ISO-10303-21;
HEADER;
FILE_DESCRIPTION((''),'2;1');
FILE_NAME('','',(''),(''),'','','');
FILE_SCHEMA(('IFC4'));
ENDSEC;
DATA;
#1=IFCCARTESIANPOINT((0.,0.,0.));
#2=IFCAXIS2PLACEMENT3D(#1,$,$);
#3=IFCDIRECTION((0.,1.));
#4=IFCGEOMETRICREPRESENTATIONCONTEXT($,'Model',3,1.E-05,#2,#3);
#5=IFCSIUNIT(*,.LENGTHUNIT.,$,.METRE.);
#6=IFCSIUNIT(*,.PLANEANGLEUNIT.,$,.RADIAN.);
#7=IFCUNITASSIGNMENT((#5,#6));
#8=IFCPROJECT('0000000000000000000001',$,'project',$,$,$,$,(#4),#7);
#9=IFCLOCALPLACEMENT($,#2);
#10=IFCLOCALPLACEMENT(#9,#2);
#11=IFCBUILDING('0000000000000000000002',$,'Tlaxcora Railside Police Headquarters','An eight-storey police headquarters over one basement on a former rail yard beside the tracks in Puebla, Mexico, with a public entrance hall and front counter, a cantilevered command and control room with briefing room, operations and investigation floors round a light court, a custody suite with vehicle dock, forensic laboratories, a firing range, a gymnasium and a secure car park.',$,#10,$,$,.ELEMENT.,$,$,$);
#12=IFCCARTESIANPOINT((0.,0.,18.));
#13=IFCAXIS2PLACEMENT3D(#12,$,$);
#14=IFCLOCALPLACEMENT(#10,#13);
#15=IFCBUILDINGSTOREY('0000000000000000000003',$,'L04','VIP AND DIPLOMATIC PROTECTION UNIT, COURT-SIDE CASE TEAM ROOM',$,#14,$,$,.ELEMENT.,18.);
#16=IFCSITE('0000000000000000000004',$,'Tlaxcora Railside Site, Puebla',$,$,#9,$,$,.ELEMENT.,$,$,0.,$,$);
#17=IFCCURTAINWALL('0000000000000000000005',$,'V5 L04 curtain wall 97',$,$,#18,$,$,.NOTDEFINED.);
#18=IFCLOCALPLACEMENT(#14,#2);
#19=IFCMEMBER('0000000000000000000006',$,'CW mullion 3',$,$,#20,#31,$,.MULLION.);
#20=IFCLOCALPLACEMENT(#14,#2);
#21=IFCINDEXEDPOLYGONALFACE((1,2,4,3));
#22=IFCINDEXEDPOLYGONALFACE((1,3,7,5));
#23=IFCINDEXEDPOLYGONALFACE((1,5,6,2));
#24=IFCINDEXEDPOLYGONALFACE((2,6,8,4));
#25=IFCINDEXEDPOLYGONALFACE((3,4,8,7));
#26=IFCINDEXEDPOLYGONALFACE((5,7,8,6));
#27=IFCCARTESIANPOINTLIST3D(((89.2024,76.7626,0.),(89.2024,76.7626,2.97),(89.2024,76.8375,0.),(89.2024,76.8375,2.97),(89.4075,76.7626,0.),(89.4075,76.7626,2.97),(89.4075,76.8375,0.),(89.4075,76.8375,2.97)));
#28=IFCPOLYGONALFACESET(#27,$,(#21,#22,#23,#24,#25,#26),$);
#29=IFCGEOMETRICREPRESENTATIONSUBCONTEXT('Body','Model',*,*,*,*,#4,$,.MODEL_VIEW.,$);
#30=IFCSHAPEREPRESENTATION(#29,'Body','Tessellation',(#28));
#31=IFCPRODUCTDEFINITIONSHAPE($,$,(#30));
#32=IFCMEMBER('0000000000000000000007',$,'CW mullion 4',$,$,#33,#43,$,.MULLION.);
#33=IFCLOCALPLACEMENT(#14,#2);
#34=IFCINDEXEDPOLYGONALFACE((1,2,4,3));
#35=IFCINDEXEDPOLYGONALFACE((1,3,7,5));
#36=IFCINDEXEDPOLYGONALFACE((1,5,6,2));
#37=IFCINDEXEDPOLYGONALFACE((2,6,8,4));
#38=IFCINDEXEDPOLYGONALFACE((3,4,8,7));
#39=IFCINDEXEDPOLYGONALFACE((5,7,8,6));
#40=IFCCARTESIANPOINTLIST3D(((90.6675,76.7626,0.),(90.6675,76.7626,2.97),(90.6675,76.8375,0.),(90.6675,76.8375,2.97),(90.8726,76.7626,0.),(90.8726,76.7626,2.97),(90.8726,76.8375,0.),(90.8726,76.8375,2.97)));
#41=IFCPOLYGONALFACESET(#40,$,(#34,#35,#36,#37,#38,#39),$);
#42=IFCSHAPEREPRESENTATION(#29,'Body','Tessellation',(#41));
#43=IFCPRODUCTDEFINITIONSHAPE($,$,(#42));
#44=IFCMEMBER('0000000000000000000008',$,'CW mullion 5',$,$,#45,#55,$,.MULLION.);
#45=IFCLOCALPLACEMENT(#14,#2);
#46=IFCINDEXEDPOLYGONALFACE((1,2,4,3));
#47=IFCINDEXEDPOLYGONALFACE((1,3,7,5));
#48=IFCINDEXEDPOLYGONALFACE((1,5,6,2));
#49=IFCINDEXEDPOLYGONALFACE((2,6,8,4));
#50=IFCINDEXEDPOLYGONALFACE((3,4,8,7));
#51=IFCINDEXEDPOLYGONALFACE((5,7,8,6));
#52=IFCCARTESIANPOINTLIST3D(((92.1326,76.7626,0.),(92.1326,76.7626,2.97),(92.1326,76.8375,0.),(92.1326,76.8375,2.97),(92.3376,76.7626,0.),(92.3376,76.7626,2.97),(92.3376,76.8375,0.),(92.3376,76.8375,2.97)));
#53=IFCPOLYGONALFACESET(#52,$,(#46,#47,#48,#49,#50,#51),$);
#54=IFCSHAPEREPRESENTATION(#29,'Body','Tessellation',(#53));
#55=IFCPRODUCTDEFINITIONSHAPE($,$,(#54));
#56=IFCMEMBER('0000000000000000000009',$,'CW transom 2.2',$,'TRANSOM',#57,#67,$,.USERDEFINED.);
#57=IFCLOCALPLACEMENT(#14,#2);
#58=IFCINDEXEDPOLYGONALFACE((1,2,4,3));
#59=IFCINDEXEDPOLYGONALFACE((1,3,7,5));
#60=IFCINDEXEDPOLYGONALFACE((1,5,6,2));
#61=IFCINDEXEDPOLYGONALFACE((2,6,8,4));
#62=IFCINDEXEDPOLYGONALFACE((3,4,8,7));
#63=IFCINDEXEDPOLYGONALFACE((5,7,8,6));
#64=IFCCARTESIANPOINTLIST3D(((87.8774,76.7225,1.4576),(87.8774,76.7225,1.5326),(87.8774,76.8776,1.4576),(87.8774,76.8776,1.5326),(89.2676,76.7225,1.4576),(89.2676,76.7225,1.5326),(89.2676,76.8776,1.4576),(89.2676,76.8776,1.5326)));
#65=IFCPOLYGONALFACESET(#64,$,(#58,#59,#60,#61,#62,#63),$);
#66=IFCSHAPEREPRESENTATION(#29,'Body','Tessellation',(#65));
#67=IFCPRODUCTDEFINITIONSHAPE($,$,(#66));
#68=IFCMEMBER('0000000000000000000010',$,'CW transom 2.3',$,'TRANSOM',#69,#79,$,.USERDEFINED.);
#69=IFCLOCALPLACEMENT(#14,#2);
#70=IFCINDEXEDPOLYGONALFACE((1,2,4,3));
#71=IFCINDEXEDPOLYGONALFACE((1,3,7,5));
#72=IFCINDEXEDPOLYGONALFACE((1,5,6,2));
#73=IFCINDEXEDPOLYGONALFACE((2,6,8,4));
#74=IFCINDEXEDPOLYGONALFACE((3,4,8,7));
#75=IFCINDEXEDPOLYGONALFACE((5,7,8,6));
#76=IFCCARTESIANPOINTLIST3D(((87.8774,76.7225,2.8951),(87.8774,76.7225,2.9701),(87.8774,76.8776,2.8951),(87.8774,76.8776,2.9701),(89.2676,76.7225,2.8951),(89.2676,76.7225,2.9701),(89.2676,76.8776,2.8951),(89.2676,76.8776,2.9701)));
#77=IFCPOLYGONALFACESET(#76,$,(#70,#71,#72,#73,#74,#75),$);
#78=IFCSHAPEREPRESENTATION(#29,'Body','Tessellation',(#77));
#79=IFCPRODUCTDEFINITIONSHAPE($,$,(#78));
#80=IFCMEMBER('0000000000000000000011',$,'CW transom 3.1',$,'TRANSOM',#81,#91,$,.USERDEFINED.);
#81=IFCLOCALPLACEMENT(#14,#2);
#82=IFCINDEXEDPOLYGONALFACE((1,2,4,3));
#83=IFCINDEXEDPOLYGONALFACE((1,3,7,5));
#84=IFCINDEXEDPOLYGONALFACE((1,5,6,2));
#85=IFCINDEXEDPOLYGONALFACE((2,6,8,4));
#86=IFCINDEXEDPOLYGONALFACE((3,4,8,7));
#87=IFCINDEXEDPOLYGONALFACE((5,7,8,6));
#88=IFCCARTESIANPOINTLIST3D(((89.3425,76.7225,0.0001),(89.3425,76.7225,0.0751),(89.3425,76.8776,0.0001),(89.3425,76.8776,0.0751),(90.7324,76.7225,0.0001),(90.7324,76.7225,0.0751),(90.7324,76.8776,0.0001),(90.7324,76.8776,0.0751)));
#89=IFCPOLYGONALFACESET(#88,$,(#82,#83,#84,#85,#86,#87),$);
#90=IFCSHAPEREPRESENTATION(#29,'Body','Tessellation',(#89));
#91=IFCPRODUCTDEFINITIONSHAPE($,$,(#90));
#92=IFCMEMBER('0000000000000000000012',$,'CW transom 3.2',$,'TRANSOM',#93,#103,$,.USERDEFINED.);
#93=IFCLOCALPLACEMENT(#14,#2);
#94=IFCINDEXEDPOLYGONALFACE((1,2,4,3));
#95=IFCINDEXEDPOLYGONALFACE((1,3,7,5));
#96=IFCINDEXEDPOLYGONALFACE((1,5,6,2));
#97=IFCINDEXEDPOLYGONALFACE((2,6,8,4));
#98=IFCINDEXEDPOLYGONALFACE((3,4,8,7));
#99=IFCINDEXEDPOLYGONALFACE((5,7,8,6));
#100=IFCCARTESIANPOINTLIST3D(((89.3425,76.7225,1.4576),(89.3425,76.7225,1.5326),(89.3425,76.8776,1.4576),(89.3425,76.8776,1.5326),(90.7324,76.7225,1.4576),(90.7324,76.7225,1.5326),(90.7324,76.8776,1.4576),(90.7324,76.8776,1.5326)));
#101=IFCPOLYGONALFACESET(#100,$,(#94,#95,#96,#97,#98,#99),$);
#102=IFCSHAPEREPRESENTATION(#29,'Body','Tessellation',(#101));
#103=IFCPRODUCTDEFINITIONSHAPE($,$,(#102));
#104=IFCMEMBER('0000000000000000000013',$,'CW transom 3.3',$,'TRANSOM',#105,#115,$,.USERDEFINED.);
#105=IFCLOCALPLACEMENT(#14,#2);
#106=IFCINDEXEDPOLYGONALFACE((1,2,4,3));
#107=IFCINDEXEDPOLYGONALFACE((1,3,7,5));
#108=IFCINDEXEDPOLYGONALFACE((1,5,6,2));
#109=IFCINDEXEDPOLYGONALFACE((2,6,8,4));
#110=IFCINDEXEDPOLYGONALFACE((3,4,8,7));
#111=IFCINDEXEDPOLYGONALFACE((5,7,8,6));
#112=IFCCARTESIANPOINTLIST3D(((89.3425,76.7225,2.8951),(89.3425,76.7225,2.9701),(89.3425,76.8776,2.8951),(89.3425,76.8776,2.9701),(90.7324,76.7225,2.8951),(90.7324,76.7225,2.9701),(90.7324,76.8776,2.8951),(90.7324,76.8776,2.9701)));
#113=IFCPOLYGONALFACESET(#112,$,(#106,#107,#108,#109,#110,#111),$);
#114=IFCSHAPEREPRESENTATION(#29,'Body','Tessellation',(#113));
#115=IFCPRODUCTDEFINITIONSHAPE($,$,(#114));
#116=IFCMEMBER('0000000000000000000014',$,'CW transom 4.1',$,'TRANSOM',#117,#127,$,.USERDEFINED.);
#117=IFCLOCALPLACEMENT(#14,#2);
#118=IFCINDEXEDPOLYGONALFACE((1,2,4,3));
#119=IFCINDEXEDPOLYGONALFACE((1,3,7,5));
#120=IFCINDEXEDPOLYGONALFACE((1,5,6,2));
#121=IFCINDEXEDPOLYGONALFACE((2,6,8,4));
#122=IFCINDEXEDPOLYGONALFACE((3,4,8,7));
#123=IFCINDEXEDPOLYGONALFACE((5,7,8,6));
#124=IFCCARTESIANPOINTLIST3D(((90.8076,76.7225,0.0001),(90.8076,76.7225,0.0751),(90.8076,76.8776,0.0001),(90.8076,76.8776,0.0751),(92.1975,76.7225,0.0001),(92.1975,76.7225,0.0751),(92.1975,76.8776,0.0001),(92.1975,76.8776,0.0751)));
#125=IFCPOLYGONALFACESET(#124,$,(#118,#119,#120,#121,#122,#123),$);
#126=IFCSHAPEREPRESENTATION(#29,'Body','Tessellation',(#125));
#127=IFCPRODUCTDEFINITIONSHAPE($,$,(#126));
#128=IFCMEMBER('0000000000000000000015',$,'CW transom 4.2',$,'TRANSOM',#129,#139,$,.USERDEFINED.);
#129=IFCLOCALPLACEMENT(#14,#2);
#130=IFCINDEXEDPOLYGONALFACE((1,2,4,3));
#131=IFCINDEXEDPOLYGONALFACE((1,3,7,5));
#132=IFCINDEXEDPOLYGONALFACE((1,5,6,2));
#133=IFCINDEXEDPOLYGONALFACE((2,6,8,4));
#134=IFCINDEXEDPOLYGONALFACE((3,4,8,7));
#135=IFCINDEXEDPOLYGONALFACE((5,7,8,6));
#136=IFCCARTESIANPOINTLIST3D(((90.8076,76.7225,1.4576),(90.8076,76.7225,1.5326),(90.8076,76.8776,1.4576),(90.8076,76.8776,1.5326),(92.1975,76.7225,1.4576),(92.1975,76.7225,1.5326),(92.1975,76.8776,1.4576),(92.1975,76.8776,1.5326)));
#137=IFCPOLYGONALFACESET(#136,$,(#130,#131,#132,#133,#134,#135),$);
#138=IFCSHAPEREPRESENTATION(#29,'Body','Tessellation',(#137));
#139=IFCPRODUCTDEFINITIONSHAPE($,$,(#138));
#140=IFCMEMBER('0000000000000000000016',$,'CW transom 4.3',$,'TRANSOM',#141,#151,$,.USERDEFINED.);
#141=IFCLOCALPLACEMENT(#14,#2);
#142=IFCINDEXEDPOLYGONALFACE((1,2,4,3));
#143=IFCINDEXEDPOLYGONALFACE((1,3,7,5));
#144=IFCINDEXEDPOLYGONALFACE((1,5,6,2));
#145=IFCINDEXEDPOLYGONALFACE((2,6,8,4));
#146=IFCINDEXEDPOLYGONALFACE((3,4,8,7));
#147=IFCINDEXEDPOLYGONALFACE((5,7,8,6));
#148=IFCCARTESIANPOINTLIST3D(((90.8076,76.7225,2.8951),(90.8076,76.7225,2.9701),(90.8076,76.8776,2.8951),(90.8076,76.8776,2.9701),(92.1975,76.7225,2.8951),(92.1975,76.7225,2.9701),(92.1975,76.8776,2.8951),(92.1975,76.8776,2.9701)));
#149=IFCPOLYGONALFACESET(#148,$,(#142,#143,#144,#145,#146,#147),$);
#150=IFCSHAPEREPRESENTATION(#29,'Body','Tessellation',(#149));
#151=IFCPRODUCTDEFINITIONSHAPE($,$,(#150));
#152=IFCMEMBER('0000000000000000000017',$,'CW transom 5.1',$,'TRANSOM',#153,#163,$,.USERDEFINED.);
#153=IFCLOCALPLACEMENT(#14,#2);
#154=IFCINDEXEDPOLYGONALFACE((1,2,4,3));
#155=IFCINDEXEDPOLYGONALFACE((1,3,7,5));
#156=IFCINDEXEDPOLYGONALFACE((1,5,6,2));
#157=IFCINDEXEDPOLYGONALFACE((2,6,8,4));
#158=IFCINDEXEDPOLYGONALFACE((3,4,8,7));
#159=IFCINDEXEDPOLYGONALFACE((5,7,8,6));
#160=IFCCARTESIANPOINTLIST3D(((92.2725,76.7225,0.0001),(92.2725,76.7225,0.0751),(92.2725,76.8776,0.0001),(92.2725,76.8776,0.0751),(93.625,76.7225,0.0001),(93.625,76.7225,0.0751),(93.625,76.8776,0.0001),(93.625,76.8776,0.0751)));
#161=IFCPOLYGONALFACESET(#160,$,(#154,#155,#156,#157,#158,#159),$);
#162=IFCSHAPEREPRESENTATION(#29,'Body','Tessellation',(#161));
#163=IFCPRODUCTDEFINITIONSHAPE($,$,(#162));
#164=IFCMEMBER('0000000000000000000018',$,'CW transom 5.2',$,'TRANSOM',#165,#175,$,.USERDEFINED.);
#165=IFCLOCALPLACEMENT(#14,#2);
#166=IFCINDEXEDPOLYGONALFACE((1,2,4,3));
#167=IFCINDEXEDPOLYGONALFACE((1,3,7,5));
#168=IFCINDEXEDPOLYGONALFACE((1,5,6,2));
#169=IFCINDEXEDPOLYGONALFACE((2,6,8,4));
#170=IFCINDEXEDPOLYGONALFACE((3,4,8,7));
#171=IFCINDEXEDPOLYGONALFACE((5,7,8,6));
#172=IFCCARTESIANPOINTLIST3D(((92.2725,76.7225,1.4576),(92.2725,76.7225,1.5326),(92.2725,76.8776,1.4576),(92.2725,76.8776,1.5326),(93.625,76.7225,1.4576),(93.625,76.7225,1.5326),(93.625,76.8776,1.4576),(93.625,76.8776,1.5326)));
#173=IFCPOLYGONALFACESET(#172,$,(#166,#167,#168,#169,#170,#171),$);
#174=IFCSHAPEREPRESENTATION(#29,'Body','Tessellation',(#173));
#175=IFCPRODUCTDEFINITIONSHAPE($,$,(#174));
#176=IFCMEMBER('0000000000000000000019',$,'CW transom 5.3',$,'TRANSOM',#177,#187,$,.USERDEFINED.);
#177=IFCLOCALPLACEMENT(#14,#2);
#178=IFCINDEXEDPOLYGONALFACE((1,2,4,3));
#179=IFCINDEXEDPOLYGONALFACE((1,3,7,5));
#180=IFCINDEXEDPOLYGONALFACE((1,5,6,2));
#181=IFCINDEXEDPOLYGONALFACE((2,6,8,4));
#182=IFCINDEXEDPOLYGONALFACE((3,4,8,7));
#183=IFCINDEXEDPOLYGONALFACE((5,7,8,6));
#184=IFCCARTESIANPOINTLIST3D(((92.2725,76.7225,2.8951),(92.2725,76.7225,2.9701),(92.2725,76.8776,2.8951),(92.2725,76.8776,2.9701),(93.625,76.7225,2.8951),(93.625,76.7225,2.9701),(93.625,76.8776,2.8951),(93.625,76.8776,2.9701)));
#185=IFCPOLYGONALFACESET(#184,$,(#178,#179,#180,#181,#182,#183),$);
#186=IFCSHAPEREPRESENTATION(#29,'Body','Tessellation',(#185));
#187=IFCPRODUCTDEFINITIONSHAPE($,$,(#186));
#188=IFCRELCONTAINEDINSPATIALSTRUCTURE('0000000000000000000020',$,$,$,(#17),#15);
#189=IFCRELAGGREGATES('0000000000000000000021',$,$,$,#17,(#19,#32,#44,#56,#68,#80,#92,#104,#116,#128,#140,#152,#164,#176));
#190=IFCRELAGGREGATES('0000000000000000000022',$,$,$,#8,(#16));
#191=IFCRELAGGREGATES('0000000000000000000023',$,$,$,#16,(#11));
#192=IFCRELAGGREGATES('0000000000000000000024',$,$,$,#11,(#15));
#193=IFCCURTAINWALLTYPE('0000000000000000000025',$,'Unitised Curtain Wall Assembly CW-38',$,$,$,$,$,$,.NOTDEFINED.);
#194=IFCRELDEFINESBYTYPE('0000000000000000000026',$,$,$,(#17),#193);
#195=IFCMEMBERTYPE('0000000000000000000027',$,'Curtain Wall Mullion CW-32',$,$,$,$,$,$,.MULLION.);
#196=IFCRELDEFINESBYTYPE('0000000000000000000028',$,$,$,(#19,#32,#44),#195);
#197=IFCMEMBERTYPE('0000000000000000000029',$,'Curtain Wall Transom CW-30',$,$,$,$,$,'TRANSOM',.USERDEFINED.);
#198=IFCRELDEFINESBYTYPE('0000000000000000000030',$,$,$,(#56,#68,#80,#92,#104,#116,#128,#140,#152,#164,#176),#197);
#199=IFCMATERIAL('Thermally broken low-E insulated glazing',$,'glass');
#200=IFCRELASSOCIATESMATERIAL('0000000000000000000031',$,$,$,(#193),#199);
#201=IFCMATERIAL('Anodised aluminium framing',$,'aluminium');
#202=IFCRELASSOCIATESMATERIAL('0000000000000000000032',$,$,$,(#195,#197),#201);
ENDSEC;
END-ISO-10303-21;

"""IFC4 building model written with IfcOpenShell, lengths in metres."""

from ifc_helpers import new_model, si_unit, direction, frame, origin, origin_2d, place, context, subcontext, project, spatial, rectangle, extrude, material, material_profile, profile_set, type_object, element, aggregate, save


model = new_model("IFC4")

# Units and contexts
model_context = context("Model", 3, precision=1e-05, world=origin(), true_north=direction((0.0, 1.0)))
body_context = subcontext(model_context, "Body", "Model", "MODEL_VIEW")
ifc_project = project(units=[si_unit("LENGTHUNIT", "METRE"), si_unit("PLANEANGLEUNIT", "RADIAN")], contexts=[model_context])

# Site, building, storey
site_placement = place(None, origin())
site = spatial("IfcSite", under=ifc_project, at=site_placement, Name="Tlaxcora Railside Site, Puebla", CompositionType="ELEMENT", RefElevation=0.0)
building_placement = place(site_placement, origin())
building = spatial("IfcBuilding", under=site, at=building_placement, Name="Tlaxcora Railside Police Headquarters", Description="An eight-storey police headquarters over one basement on a former rail yard beside the tracks in Puebla, Mexico, with a public entrance hall and front counter, a cantilevered command and control room with briefing room, operations and investigation floors round a light court, a custody suite with vehicle dock, forensic laboratories, a firing range, a gymnasium and a secure car park.", CompositionType="ELEMENT")
storey_placement = place(building_placement, frame((0.0, 0.0, 18.0)))
storey = spatial("IfcBuildingStorey", under=building, at=storey_placement, Name="L04", Description="VIP AND DIPLOMATIC PROTECTION UNIT, COURT-SIDE CASE TEAM ROOM", CompositionType="ELEMENT", Elevation=18.0)

# Curtain wall, members
ifc_material_1 = material(Name="Thermally broken low-E insulated glazing", Category="glass")
curtain_wall_type = type_object("IfcCurtainWallType", Name="Unitised Curtain Wall Assembly CW-38", PredefinedType="NOTDEFINED", material=ifc_material_1)
curtain_wall_placement = place(storey_placement, origin())
curtain_wall = element("IfcCurtainWall", 1, at=curtain_wall_placement, inside=storey, type_object=curtain_wall_type, Name="V5 L04 curtain wall 97", PredefinedType="NOTDEFINED")
ifc_material_2 = material(Name="Anodised aluminium framing", Category="aluminium")
ifc_material_profile_1 = material_profile(ifc_material_2, rectangle(XDim=0.075, YDim=0.2051, at=origin_2d()), Name="AL75X205")
ifc_profile_set_1 = profile_set([ifc_material_profile_1], Name="Anodised aluminium framing")
member_type_1 = type_object("IfcMemberType", Name="Curtain Wall Mullion CW-32", PredefinedType="MULLION", material=ifc_profile_set_1)
member_1_placement = place(storey_placement, frame((89.3049, 76.8, 0.0), z_axis=(0.0, 0.0, 1.0), x_axis=(0.0, 1.0, 0.0)))
member_1 = element("IfcMember", 2, at=member_1_placement, type_object=member_type_1, Name="CW mullion 3", PredefinedType="MULLION", context=body_context, shape_type="SweptSolid", body=[
    extrude(rectangle(XDim=0.075, YDim=0.2051, at=origin_2d()), origin(), (0.0, 0.0, 1.0), 2.97),
])
member_2_placement = place(storey_placement, frame((90.77, 76.8, 0.0), z_axis=(0.0, 0.0, 1.0), x_axis=(0.0, 1.0, 0.0)))
member_2 = element("IfcMember", 3, at=member_2_placement, type_object=member_type_1, Name="CW mullion 4", PredefinedType="MULLION", context=body_context, shape_type="SweptSolid", body=[
    extrude(rectangle(XDim=0.075, YDim=0.2051, at=origin_2d()), origin(), (0.0, 0.0, 1.0), 2.97),
])
member_3_placement = place(storey_placement, frame((92.2351, 76.8, 0.0), z_axis=(0.0, 0.0, 1.0), x_axis=(0.0, 1.0, 0.0)))
member_3 = element("IfcMember", 4, at=member_3_placement, type_object=member_type_1, Name="CW mullion 5", PredefinedType="MULLION", context=body_context, shape_type="SweptSolid", body=[
    extrude(rectangle(XDim=0.075, YDim=0.2051, at=origin_2d()), origin(), (0.0, 0.0, 1.0), 2.97),
])
ifc_material_profile_2 = material_profile(ifc_material_2, rectangle(XDim=0.155, YDim=0.075, at=origin_2d()), Name="AL75X155")
ifc_profile_set_2 = profile_set([ifc_material_profile_2], Name="Anodised aluminium framing")
member_type_2 = type_object("IfcMemberType", Name="Curtain Wall Transom CW-30", ElementType="TRANSOM", PredefinedType="USERDEFINED", material=ifc_profile_set_2)
member_4_placement = place(storey_placement, frame((87.8774, 76.8, 1.4951), z_axis=(1.0, 0.0, 0.0), x_axis=(0.0, 1.0, 0.0)))
member_4 = element("IfcMember", 5, at=member_4_placement, type_object=member_type_2, Name="CW transom 2.2", ObjectType="TRANSOM", PredefinedType="USERDEFINED", context=body_context, shape_type="SweptSolid", body=[
    extrude(rectangle(XDim=0.155, YDim=0.075, at=origin_2d()), origin(), (0.0, 0.0, 1.0), 1.3901),
])
member_5_placement = place(storey_placement, frame((87.8774, 76.8, 2.9326), z_axis=(1.0, 0.0, 0.0), x_axis=(0.0, 1.0, 0.0)))
member_5 = element("IfcMember", 6, at=member_5_placement, type_object=member_type_2, Name="CW transom 2.3", ObjectType="TRANSOM", PredefinedType="USERDEFINED", context=body_context, shape_type="SweptSolid", body=[
    extrude(rectangle(XDim=0.155, YDim=0.075, at=origin_2d()), origin(), (0.0, 0.0, 1.0), 1.3901),
])
member_6_placement = place(storey_placement, frame((89.3425, 76.8, 0.0376), z_axis=(1.0, 0.0, 0.0), x_axis=(0.0, 1.0, 0.0)))
member_6 = element("IfcMember", 7, at=member_6_placement, type_object=member_type_2, Name="CW transom 3.1", ObjectType="TRANSOM", PredefinedType="USERDEFINED", context=body_context, shape_type="SweptSolid", body=[
    extrude(rectangle(XDim=0.155, YDim=0.075, at=origin_2d()), origin(), (0.0, 0.0, 1.0), 1.3899),
])
member_7_placement = place(storey_placement, frame((89.3425, 76.8, 1.4951), z_axis=(1.0, 0.0, 0.0), x_axis=(0.0, 1.0, 0.0)))
member_7 = element("IfcMember", 8, at=member_7_placement, type_object=member_type_2, Name="CW transom 3.2", ObjectType="TRANSOM", PredefinedType="USERDEFINED", context=body_context, shape_type="SweptSolid", body=[
    extrude(rectangle(XDim=0.155, YDim=0.075, at=origin_2d()), origin(), (0.0, 0.0, 1.0), 1.3899),
])
member_8_placement = place(storey_placement, frame((89.3425, 76.8, 2.9326), z_axis=(1.0, 0.0, 0.0), x_axis=(0.0, 1.0, 0.0)))
member_8 = element("IfcMember", 9, at=member_8_placement, type_object=member_type_2, Name="CW transom 3.3", ObjectType="TRANSOM", PredefinedType="USERDEFINED", context=body_context, shape_type="SweptSolid", body=[
    extrude(rectangle(XDim=0.155, YDim=0.075, at=origin_2d()), origin(), (0.0, 0.0, 1.0), 1.3899),
])
member_9_placement = place(storey_placement, frame((90.8076, 76.8, 0.0376), z_axis=(1.0, 0.0, 0.0), x_axis=(0.0, 1.0, 0.0)))
member_9 = element("IfcMember", 10, at=member_9_placement, type_object=member_type_2, Name="CW transom 4.1", ObjectType="TRANSOM", PredefinedType="USERDEFINED", context=body_context, shape_type="SweptSolid", body=[
    extrude(rectangle(XDim=0.155, YDim=0.075, at=origin_2d()), origin(), (0.0, 0.0, 1.0), 1.3899),
])
member_10_placement = place(storey_placement, frame((90.8076, 76.8, 1.4951), z_axis=(1.0, 0.0, 0.0), x_axis=(0.0, 1.0, 0.0)))
member_10 = element("IfcMember", 11, at=member_10_placement, type_object=member_type_2, Name="CW transom 4.2", ObjectType="TRANSOM", PredefinedType="USERDEFINED", context=body_context, shape_type="SweptSolid", body=[
    extrude(rectangle(XDim=0.155, YDim=0.075, at=origin_2d()), origin(), (0.0, 0.0, 1.0), 1.3899),
])
member_11_placement = place(storey_placement, frame((90.8076, 76.8, 2.9326), z_axis=(1.0, 0.0, 0.0), x_axis=(0.0, 1.0, 0.0)))
member_11 = element("IfcMember", 12, at=member_11_placement, type_object=member_type_2, Name="CW transom 4.3", ObjectType="TRANSOM", PredefinedType="USERDEFINED", context=body_context, shape_type="SweptSolid", body=[
    extrude(rectangle(XDim=0.155, YDim=0.075, at=origin_2d()), origin(), (0.0, 0.0, 1.0), 1.3899),
])
member_12_placement = place(storey_placement, frame((92.2725, 76.8, 0.0376), z_axis=(1.0, 0.0, 0.0), x_axis=(0.0, 1.0, 0.0)))
member_12 = element("IfcMember", 13, at=member_12_placement, type_object=member_type_2, Name="CW transom 5.1", ObjectType="TRANSOM", PredefinedType="USERDEFINED", context=body_context, shape_type="SweptSolid", body=[
    extrude(rectangle(XDim=0.155, YDim=0.075, at=origin_2d()), origin(), (0.0, 0.0, 1.0), 1.3525),
])
member_13_placement = place(storey_placement, frame((92.2725, 76.8, 1.4951), z_axis=(1.0, 0.0, 0.0), x_axis=(0.0, 1.0, 0.0)))
member_13 = element("IfcMember", 14, at=member_13_placement, type_object=member_type_2, Name="CW transom 5.2", ObjectType="TRANSOM", PredefinedType="USERDEFINED", context=body_context, shape_type="SweptSolid", body=[
    extrude(rectangle(XDim=0.155, YDim=0.075, at=origin_2d()), origin(), (0.0, 0.0, 1.0), 1.3525),
])
member_14_placement = place(storey_placement, frame((92.2725, 76.8, 2.9326), z_axis=(1.0, 0.0, 0.0), x_axis=(0.0, 1.0, 0.0)))
member_14 = element("IfcMember", 15, at=member_14_placement, type_object=member_type_2, Name="CW transom 5.3", ObjectType="TRANSOM", PredefinedType="USERDEFINED", context=body_context, shape_type="SweptSolid", body=[
    extrude(rectangle(XDim=0.155, YDim=0.075, at=origin_2d()), origin(), (0.0, 0.0, 1.0), 1.3525),
])
aggregate(curtain_wall, [member_1, member_2, member_3, member_4, member_5, member_6, member_7, member_8, member_9, member_10, member_11, member_12, member_13, member_14])

save(model, "model.ifc")
